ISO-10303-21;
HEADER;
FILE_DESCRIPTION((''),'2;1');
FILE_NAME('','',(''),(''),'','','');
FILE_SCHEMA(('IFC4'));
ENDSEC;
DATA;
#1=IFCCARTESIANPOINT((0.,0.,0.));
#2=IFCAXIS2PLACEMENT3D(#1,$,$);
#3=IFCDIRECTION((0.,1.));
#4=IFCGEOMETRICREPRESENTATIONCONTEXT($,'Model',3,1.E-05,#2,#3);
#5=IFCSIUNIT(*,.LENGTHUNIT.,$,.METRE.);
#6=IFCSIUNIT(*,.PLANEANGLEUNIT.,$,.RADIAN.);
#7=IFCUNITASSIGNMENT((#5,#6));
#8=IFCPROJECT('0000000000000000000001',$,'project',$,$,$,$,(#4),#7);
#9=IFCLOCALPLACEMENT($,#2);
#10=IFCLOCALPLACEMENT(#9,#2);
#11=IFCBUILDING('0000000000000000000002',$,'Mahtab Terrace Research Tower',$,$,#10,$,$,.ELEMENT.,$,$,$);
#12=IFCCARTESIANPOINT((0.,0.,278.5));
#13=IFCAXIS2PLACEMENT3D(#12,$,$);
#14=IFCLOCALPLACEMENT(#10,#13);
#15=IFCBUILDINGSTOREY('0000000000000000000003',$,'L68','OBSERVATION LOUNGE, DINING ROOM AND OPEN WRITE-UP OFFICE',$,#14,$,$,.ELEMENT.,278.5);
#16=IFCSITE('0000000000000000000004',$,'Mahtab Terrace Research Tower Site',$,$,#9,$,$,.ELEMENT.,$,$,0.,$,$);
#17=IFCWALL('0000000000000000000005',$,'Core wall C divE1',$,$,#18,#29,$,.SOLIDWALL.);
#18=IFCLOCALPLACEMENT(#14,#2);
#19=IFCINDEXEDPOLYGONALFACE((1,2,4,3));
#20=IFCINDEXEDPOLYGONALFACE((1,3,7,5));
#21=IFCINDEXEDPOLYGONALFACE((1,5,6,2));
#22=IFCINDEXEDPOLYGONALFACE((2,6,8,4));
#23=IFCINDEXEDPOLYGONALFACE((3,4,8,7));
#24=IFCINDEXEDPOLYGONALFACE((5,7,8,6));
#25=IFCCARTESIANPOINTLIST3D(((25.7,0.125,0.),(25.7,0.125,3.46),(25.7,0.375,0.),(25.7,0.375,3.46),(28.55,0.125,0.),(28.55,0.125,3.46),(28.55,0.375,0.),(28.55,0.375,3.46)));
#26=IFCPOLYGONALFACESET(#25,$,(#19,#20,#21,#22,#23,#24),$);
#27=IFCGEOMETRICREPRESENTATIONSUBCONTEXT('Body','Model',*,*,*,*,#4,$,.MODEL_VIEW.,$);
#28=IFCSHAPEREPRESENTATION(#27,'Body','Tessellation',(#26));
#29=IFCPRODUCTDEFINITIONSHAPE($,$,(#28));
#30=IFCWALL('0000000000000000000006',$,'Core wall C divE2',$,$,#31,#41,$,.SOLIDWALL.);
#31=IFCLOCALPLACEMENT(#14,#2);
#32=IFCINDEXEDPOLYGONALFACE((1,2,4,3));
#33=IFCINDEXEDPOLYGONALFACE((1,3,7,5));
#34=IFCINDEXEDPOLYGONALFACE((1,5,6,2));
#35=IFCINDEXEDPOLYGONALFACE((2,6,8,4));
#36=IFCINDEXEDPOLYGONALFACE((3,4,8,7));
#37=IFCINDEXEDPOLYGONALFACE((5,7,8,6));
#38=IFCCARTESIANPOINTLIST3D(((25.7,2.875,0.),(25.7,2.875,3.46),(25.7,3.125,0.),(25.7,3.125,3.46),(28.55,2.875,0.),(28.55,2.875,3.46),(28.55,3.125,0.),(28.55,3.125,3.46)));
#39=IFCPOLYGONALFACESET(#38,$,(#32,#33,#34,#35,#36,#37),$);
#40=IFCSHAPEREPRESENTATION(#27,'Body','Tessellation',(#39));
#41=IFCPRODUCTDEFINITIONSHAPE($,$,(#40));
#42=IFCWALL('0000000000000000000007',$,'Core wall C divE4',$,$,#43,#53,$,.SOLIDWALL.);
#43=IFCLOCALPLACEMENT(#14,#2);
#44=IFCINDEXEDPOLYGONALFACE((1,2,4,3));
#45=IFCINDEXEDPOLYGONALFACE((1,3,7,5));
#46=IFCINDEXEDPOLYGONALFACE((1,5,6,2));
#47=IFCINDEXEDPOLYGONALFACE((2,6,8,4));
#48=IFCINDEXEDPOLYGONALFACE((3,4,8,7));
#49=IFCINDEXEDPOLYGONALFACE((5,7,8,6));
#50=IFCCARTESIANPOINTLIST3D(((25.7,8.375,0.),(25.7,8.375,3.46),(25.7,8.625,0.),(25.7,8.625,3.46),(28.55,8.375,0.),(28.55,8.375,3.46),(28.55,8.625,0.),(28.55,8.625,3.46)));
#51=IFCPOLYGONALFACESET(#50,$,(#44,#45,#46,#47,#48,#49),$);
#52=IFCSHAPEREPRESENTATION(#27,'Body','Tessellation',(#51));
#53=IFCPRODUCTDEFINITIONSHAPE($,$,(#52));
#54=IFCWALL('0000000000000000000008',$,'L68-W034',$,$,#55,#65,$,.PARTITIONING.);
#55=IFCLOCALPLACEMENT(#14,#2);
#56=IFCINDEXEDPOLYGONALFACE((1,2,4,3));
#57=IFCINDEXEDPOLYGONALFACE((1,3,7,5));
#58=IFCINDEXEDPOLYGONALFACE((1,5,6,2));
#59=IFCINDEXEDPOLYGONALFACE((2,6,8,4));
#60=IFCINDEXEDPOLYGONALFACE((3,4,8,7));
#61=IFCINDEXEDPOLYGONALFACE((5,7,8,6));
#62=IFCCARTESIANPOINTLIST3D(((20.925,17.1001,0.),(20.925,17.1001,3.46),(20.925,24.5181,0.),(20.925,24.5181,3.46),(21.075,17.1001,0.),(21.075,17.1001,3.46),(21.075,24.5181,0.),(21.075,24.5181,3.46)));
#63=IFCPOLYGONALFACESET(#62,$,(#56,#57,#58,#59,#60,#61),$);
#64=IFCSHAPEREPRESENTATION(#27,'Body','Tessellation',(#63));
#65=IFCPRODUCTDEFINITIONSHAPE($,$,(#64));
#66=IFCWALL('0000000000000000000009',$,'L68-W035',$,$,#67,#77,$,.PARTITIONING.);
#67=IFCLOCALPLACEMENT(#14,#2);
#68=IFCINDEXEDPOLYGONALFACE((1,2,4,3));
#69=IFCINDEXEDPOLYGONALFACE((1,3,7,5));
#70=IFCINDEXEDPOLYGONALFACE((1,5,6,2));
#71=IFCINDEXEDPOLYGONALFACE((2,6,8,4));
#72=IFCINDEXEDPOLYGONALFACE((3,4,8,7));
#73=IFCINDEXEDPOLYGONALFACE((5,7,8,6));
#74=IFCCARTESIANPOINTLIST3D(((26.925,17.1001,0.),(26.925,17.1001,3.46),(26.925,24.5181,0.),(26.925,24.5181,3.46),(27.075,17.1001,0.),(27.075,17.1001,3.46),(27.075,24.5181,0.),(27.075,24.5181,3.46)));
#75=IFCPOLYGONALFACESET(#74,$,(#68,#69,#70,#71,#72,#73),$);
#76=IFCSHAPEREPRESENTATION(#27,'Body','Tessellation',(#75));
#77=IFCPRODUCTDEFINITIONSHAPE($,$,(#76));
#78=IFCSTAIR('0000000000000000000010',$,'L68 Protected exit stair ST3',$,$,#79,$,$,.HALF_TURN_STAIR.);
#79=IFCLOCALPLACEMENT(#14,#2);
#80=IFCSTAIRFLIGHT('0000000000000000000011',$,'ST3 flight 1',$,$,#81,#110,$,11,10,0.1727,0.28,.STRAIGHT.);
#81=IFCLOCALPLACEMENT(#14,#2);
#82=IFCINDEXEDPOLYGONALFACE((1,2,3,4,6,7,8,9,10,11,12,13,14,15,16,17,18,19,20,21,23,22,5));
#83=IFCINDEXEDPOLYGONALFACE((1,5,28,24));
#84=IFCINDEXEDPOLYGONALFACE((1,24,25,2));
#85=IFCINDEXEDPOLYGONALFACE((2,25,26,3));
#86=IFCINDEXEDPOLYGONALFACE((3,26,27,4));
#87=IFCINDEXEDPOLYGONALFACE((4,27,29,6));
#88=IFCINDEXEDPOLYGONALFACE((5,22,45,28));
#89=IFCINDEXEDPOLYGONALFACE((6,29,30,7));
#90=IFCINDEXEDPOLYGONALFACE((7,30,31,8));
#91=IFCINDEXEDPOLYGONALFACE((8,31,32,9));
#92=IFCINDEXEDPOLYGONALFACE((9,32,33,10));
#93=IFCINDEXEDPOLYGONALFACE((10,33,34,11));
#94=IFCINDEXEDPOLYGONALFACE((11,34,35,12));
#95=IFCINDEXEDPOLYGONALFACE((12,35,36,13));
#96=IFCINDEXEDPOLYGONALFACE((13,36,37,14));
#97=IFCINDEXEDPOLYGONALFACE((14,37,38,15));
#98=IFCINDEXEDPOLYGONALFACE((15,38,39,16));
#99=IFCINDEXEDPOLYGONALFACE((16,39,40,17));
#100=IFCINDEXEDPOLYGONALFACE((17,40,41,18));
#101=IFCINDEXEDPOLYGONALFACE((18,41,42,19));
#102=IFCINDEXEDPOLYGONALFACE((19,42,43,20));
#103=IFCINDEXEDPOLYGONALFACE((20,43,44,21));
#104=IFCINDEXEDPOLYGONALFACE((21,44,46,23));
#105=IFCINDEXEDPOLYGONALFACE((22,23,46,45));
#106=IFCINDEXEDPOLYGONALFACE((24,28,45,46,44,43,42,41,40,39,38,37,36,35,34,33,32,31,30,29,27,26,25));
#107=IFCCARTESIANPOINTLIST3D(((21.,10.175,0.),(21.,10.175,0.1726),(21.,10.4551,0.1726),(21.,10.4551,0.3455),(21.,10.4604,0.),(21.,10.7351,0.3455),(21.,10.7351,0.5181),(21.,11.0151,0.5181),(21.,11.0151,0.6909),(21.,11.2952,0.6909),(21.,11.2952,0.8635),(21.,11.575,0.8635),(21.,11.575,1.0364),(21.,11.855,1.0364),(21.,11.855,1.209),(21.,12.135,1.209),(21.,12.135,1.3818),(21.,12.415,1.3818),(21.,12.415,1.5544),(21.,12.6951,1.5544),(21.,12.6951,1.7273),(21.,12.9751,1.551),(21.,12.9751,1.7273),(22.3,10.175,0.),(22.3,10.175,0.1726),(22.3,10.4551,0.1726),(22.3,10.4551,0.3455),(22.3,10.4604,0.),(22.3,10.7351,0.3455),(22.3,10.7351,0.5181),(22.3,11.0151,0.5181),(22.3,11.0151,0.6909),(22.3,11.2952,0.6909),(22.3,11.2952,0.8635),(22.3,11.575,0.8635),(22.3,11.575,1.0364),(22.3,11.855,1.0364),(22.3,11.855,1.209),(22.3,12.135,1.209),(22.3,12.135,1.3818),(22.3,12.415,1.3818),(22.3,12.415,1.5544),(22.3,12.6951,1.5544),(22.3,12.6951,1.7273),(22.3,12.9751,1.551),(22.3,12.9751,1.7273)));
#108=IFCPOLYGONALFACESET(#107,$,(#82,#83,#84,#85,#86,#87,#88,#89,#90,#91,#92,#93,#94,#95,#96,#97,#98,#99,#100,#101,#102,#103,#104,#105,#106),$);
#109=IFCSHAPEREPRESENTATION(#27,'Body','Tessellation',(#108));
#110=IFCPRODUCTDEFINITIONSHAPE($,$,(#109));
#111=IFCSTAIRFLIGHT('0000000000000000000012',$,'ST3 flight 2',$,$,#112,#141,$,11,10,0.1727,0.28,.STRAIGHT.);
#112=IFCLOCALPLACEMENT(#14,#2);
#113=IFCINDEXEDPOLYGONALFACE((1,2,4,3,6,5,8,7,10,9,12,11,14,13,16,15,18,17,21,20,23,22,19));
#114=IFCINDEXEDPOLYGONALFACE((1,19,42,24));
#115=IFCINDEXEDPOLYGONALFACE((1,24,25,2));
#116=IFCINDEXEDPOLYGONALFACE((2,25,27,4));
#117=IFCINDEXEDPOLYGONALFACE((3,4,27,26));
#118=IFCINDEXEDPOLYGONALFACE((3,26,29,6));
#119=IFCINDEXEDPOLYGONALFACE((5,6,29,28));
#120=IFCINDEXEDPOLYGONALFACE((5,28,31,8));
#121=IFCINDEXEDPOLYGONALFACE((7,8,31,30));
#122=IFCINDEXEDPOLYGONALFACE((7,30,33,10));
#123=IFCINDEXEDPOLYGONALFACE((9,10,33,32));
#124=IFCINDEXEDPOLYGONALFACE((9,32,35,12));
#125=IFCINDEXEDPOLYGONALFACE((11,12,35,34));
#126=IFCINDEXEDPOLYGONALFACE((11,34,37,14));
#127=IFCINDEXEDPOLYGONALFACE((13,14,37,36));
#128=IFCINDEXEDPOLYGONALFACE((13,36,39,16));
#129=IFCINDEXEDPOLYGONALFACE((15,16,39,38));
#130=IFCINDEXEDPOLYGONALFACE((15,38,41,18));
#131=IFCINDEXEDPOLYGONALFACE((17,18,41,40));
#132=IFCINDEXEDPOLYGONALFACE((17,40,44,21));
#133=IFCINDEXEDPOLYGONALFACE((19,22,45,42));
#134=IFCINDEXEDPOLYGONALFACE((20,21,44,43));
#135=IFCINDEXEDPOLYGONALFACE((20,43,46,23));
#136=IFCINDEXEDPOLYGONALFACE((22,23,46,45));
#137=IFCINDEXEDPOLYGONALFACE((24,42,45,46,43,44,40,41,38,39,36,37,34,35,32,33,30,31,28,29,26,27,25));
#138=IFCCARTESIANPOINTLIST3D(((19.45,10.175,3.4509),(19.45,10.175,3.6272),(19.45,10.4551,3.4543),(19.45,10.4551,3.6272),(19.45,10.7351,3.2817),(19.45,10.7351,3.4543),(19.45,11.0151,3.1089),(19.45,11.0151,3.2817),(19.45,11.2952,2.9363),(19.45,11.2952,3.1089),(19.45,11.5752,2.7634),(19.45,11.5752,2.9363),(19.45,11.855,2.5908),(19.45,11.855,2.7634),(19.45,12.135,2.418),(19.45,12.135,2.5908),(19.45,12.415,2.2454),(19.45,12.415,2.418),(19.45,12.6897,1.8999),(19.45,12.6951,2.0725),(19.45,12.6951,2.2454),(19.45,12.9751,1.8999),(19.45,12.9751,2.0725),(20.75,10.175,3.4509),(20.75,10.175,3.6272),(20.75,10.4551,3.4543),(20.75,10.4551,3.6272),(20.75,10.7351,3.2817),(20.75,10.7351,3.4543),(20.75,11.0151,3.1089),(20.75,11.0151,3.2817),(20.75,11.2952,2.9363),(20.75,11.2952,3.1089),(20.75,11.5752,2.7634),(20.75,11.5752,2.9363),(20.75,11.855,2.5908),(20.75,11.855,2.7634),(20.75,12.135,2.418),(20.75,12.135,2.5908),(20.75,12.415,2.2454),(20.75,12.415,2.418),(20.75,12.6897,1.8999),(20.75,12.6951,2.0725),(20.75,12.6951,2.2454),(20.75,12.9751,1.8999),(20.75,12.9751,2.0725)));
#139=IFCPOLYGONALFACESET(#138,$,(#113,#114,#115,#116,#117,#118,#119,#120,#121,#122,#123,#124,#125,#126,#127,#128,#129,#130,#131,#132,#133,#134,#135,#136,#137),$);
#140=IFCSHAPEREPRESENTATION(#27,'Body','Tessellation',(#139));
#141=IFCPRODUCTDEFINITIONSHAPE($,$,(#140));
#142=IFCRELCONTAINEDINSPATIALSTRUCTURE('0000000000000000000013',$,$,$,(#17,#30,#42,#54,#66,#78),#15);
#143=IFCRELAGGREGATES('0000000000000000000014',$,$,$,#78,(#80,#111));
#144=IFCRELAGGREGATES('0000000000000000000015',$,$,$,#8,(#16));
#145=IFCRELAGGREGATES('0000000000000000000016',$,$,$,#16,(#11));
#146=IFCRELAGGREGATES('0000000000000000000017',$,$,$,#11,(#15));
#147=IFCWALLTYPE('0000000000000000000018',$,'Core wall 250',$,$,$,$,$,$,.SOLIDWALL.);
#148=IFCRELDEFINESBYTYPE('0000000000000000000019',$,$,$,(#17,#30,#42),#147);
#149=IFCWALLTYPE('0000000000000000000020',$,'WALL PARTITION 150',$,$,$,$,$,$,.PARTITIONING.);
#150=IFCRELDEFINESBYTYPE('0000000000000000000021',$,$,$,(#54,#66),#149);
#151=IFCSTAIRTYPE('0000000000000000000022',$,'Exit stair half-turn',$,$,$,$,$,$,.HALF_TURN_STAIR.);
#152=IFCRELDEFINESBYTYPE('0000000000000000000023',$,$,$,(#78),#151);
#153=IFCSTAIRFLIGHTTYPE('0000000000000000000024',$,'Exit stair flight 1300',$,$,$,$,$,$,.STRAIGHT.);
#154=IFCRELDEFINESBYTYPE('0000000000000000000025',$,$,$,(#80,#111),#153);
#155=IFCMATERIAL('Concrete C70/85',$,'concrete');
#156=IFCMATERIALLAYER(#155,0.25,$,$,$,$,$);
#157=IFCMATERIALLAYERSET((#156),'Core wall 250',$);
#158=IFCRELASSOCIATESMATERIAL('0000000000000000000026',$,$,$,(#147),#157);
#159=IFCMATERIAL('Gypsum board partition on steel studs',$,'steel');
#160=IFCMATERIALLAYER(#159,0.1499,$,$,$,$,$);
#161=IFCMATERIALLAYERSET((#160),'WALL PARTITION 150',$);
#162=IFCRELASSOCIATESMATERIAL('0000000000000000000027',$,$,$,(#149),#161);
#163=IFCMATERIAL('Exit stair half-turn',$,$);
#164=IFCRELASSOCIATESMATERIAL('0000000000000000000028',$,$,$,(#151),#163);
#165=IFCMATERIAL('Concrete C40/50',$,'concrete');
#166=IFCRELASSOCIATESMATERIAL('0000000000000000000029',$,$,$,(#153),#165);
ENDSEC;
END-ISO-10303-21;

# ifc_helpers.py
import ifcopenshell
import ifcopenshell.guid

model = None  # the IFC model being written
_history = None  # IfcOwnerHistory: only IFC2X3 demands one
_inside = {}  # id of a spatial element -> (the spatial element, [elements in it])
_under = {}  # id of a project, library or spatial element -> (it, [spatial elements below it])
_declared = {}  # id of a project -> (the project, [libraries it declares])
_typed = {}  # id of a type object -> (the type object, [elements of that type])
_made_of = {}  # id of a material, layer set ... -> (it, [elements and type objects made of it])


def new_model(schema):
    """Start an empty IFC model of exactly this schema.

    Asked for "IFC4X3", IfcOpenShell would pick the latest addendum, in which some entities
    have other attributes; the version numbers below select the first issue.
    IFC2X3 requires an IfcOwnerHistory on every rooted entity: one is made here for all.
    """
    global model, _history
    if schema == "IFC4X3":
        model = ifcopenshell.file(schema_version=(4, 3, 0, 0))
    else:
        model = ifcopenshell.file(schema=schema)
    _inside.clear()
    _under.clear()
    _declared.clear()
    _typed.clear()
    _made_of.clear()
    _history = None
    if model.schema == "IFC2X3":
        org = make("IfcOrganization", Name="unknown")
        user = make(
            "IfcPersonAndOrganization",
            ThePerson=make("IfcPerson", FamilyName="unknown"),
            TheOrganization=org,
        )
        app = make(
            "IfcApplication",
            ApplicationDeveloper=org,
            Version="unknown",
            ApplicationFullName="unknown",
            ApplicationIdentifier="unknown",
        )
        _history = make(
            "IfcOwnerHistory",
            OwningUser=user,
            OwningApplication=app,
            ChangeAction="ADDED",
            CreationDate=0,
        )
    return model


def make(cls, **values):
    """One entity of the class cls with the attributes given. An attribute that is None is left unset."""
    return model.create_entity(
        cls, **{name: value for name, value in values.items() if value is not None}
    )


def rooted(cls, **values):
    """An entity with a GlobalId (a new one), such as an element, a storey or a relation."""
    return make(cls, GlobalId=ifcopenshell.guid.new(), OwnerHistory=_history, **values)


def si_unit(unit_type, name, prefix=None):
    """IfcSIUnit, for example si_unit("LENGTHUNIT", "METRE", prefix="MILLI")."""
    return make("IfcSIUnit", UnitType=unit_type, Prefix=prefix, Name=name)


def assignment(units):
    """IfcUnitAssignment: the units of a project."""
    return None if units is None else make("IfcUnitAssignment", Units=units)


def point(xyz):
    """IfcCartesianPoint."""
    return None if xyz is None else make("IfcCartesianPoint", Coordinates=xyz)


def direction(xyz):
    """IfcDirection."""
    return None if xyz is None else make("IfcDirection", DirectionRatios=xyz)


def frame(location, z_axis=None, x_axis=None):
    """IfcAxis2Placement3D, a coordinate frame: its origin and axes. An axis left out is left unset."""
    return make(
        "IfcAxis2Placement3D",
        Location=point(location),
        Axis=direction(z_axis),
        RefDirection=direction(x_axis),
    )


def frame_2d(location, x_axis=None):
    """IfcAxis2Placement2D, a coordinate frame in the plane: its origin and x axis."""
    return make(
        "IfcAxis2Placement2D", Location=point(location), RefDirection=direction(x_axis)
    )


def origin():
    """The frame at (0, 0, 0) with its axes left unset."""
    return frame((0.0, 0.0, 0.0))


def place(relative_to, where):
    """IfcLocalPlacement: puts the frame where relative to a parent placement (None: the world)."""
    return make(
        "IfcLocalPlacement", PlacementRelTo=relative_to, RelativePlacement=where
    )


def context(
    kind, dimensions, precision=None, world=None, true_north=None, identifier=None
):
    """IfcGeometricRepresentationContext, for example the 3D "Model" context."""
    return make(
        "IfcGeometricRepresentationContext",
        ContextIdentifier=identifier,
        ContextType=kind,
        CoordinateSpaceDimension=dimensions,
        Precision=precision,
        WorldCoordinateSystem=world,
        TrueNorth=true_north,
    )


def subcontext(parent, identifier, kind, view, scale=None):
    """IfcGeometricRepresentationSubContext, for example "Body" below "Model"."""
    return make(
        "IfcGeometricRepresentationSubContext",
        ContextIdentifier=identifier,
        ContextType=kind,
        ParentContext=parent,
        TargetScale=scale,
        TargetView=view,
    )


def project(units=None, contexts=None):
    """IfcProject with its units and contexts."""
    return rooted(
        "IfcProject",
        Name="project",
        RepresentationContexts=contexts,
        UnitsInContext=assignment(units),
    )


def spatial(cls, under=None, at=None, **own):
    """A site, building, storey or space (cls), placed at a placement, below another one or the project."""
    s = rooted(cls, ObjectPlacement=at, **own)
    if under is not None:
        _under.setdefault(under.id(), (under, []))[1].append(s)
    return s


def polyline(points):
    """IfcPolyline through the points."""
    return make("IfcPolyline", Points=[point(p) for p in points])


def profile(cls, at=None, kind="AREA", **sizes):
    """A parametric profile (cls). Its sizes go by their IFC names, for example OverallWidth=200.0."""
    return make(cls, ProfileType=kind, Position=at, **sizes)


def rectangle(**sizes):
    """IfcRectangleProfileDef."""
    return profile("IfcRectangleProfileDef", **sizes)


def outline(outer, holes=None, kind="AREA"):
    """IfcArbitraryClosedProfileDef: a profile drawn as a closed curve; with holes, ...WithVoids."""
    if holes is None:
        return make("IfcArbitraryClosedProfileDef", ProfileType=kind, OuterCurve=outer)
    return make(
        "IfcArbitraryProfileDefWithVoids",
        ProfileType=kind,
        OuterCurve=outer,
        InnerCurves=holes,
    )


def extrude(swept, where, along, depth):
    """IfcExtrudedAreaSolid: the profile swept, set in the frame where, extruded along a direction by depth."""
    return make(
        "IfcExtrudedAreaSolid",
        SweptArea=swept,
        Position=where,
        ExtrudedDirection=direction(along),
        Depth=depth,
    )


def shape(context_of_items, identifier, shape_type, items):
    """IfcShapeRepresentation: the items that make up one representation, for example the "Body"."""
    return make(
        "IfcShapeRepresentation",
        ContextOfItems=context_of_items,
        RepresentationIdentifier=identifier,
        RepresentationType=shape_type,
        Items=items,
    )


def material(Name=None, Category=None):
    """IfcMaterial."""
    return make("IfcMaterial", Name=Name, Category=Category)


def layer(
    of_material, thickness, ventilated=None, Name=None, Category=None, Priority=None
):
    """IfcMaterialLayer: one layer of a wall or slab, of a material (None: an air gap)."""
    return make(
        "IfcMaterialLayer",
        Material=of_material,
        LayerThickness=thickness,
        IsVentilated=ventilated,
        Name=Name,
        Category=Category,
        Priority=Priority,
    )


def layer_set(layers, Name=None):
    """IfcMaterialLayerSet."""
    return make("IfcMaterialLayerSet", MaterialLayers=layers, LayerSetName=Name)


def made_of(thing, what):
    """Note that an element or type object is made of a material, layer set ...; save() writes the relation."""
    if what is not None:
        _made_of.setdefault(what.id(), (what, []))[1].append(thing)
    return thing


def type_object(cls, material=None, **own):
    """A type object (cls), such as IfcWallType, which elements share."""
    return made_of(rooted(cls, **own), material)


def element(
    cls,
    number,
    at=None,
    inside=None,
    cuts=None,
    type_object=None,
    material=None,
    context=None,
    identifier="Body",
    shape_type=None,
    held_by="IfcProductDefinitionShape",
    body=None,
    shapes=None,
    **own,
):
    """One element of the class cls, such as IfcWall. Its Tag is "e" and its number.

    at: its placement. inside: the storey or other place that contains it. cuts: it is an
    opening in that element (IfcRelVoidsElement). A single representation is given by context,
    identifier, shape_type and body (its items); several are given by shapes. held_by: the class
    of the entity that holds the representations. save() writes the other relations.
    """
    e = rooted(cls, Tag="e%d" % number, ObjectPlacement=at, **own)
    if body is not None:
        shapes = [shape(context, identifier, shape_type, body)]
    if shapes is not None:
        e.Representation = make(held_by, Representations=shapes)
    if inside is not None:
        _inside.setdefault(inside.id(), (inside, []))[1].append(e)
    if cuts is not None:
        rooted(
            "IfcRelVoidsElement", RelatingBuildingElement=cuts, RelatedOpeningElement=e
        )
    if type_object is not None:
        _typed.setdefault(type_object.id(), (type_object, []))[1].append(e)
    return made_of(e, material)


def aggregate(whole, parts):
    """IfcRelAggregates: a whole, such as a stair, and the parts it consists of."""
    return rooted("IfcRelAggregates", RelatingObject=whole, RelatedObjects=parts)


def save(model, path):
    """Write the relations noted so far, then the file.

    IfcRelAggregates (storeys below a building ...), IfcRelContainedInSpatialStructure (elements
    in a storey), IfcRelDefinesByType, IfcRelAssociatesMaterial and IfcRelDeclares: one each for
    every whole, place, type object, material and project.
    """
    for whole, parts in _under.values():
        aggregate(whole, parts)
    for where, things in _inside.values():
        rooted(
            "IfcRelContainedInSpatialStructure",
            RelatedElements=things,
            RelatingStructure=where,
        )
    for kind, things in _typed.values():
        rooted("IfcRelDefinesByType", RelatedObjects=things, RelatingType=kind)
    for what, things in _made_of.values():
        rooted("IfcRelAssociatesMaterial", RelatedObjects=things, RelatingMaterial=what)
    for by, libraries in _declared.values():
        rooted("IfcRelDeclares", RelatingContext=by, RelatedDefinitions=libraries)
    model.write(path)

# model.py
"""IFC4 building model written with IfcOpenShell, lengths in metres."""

from ifc_helpers import new_model, si_unit, direction, frame, frame_2d, origin, place, context, subcontext, project, spatial, polyline, rectangle, outline, extrude, material, layer, layer_set, type_object, element, aggregate, save


model = new_model("IFC4")

# Units and contexts
model_context = context("Model", 3, precision=1e-05, world=origin(), true_north=direction((0.0, 1.0)))
body_context = subcontext(model_context, "Body", "Model", "MODEL_VIEW")
ifc_project = project(units=[si_unit("LENGTHUNIT", "METRE"), si_unit("PLANEANGLEUNIT", "RADIAN")], contexts=[model_context])

# Site, building, storey
site_placement = place(None, origin())
site = spatial("IfcSite", under=ifc_project, at=site_placement, Name="Mahtab Terrace Research Tower Site", CompositionType="ELEMENT", RefElevation=0.0)
building_placement = place(site_placement, origin())
building = spatial("IfcBuilding", under=site, at=building_placement, Name="Mahtab Terrace Research Tower", CompositionType="ELEMENT")
storey_placement = place(building_placement, frame((0.0, 0.0, 278.5)))
storey = spatial("IfcBuildingStorey", under=building, at=storey_placement, Name="L68", Description="OBSERVATION LOUNGE, DINING ROOM AND OPEN WRITE-UP OFFICE", CompositionType="ELEMENT", Elevation=278.5)

# Shared definitions
ifc_material_1 = material(Name="Concrete C70/85", Category="concrete")
ifc_layer_1 = layer(ifc_material_1, 0.25)
ifc_layer_set_1 = layer_set([ifc_layer_1], Name="Core wall 250")
wall_type_1 = type_object("IfcWallType", Name="Core wall 250", PredefinedType="SOLIDWALL", material=ifc_layer_set_1)

# Walls
for number, where, z_axis, x_axis, name in (
    (1, (25.7, 0.25, 0.0), (0.0, 0.0, 1.0), (1.0, 0.0, 0.0), "Core wall C divE1"),
    (2, (25.7, 3.0, 0.0), (0.0, 0.0, 1.0), (1.0, 0.0, 0.0), "Core wall C divE2"),
    (3, (25.7, 8.5, 0.0), (0.0, 0.0, 1.0), (1.0, 0.0, 0.0), "Core wall C divE4"),
):
    element("IfcWall", number, at=place(storey_placement, frame(where, z_axis=z_axis, x_axis=x_axis)), inside=storey, type_object=wall_type_1, Name=name, PredefinedType="SOLIDWALL", context=body_context, shape_type="SweptSolid", body=[
        extrude(rectangle(XDim=2.8501, YDim=0.25, at=frame_2d((1.425, 0.0))), origin(), (0.0, 0.0, 1.0), 3.46),
    ])
ifc_material_2 = material(Name="Gypsum board partition on steel studs", Category="steel")
ifc_layer_2 = layer(ifc_material_2, 0.1499)
ifc_layer_set_2 = layer_set([ifc_layer_2], Name="WALL PARTITION 150")
wall_type_2 = type_object("IfcWallType", Name="WALL PARTITION 150", PredefinedType="PARTITIONING", material=ifc_layer_set_2)
for number, where, z_axis, x_axis, name in (
    (4, (21.0, 17.1001, 0.0), (0.0, 0.0, 1.0), (0.0, 1.0, 0.0), "L68-W034"),
    (5, (27.0, 17.1001, 0.0), (0.0, 0.0, 1.0), (0.0, 1.0, 0.0), "L68-W035"),
):
    element("IfcWall", number, at=place(storey_placement, frame(where, z_axis=z_axis, x_axis=x_axis)), inside=storey, type_object=wall_type_2, Name=name, PredefinedType="PARTITIONING", context=body_context, shape_type="SweptSolid", body=[
        extrude(rectangle(XDim=7.418, YDim=0.1499, at=frame_2d((3.709, 0.0))), origin(), (0.0, 0.0, 1.0), 3.46),
    ])

# Stair, stair flights
ifc_material_3 = material(Name="Exit stair half-turn")
stair_type = type_object("IfcStairType", Name="Exit stair half-turn", PredefinedType="HALF_TURN_STAIR", material=ifc_material_3)
stair_placement = place(storey_placement, origin())
stair = element("IfcStair", 6, at=stair_placement, inside=storey, type_object=stair_type, Name="L68 Protected exit stair ST3", PredefinedType="HALF_TURN_STAIR")
ifc_material_4 = material(Name="Concrete C40/50", Category="concrete")
stair_flight_type = type_object("IfcStairFlightType", Name="Exit stair flight 1300", PredefinedType="STRAIGHT", material=ifc_material_4)
stair_flight_1_placement = place(storey_placement, frame((21.6499, 10.175, 0.0), z_axis=(0.0, 0.0, 1.0), x_axis=(0.0, 1.0, 0.0)))
stair_flight_1 = element("IfcStairFlight", 7, at=stair_flight_1_placement, type_object=stair_flight_type, Name="ST3 flight 1", NumberOfRisers=11, NumberOfTreads=10, PredefinedType="STRAIGHT", RiserHeight=0.1727, TreadLength=0.28, context=body_context, shape_type="SweptSolid", body=[
    extrude(outline(polyline([(0.0, 0.0), (0.0, 0.1726), (0.28, 0.1726), (0.28, 0.3455), (0.5601, 0.3455), (0.5601, 0.5181), (0.8401, 0.5181), (0.8401, 0.6909), (1.1201, 0.6909), (1.1201, 0.8635), (1.3999, 0.8635), (1.3999, 1.0364), (1.6799, 1.0364), (1.6799, 1.209), (1.96, 1.209), (1.96, 1.3818), (2.24, 1.3818), (2.24, 1.5544), (2.52, 1.5544), (2.52, 1.7273), (2.8, 1.7273), (2.8, 1.8999), (2.8, 1.551), (0.2854, 0.0), (0.0, 0.0)])), frame((0.0, 0.6499, 0.0), z_axis=(0.0, -1.0, 0.0), x_axis=(1.0, 0.0, 0.0)), (0.0, 0.0, 1.0), 1.3),
])
stair_flight_2_placement = place(storey_placement, frame((20.1001, 12.9751, 1.8999), z_axis=(0.0, 0.0, 1.0), x_axis=(0.0, -1.0, 0.0)))
stair_flight_2 = element("IfcStairFlight", 8, at=stair_flight_2_placement, type_object=stair_flight_type, Name="ST3 flight 2", NumberOfRisers=11, NumberOfTreads=10, PredefinedType="STRAIGHT", RiserHeight=0.1727, TreadLength=0.28, context=body_context, shape_type="SweptSolid", body=[
    extrude(outline(polyline([(0.0, 0.0), (0.0, 0.1726), (0.28, 0.1726), (0.28, 0.3455), (0.5601, 0.3455), (0.5601, 0.5181), (0.8401, 0.5181), (0.8401, 0.6909), (1.1201, 0.6909), (1.1201, 0.8635), (1.3999, 0.8635), (1.3999, 1.0364), (1.6799, 1.0364), (1.6799, 1.209), (1.96, 1.209), (1.96, 1.3818), (2.24, 1.3818), (2.24, 1.5544), (2.52, 1.5544), (2.52, 1.7273), (2.8, 1.7273), (2.8, 1.8999), (2.8, 1.551), (0.2854, 0.0), (0.0, 0.0)])), frame((0.0, 0.6499, 0.0), z_axis=(0.0, -1.0, 0.0), x_axis=(1.0, 0.0, 0.0)), (0.0, 0.0, 1.0), 1.3),
])
aggregate(stair, [stair_flight_1, stair_flight_2])

save(model, "model.ifc")
